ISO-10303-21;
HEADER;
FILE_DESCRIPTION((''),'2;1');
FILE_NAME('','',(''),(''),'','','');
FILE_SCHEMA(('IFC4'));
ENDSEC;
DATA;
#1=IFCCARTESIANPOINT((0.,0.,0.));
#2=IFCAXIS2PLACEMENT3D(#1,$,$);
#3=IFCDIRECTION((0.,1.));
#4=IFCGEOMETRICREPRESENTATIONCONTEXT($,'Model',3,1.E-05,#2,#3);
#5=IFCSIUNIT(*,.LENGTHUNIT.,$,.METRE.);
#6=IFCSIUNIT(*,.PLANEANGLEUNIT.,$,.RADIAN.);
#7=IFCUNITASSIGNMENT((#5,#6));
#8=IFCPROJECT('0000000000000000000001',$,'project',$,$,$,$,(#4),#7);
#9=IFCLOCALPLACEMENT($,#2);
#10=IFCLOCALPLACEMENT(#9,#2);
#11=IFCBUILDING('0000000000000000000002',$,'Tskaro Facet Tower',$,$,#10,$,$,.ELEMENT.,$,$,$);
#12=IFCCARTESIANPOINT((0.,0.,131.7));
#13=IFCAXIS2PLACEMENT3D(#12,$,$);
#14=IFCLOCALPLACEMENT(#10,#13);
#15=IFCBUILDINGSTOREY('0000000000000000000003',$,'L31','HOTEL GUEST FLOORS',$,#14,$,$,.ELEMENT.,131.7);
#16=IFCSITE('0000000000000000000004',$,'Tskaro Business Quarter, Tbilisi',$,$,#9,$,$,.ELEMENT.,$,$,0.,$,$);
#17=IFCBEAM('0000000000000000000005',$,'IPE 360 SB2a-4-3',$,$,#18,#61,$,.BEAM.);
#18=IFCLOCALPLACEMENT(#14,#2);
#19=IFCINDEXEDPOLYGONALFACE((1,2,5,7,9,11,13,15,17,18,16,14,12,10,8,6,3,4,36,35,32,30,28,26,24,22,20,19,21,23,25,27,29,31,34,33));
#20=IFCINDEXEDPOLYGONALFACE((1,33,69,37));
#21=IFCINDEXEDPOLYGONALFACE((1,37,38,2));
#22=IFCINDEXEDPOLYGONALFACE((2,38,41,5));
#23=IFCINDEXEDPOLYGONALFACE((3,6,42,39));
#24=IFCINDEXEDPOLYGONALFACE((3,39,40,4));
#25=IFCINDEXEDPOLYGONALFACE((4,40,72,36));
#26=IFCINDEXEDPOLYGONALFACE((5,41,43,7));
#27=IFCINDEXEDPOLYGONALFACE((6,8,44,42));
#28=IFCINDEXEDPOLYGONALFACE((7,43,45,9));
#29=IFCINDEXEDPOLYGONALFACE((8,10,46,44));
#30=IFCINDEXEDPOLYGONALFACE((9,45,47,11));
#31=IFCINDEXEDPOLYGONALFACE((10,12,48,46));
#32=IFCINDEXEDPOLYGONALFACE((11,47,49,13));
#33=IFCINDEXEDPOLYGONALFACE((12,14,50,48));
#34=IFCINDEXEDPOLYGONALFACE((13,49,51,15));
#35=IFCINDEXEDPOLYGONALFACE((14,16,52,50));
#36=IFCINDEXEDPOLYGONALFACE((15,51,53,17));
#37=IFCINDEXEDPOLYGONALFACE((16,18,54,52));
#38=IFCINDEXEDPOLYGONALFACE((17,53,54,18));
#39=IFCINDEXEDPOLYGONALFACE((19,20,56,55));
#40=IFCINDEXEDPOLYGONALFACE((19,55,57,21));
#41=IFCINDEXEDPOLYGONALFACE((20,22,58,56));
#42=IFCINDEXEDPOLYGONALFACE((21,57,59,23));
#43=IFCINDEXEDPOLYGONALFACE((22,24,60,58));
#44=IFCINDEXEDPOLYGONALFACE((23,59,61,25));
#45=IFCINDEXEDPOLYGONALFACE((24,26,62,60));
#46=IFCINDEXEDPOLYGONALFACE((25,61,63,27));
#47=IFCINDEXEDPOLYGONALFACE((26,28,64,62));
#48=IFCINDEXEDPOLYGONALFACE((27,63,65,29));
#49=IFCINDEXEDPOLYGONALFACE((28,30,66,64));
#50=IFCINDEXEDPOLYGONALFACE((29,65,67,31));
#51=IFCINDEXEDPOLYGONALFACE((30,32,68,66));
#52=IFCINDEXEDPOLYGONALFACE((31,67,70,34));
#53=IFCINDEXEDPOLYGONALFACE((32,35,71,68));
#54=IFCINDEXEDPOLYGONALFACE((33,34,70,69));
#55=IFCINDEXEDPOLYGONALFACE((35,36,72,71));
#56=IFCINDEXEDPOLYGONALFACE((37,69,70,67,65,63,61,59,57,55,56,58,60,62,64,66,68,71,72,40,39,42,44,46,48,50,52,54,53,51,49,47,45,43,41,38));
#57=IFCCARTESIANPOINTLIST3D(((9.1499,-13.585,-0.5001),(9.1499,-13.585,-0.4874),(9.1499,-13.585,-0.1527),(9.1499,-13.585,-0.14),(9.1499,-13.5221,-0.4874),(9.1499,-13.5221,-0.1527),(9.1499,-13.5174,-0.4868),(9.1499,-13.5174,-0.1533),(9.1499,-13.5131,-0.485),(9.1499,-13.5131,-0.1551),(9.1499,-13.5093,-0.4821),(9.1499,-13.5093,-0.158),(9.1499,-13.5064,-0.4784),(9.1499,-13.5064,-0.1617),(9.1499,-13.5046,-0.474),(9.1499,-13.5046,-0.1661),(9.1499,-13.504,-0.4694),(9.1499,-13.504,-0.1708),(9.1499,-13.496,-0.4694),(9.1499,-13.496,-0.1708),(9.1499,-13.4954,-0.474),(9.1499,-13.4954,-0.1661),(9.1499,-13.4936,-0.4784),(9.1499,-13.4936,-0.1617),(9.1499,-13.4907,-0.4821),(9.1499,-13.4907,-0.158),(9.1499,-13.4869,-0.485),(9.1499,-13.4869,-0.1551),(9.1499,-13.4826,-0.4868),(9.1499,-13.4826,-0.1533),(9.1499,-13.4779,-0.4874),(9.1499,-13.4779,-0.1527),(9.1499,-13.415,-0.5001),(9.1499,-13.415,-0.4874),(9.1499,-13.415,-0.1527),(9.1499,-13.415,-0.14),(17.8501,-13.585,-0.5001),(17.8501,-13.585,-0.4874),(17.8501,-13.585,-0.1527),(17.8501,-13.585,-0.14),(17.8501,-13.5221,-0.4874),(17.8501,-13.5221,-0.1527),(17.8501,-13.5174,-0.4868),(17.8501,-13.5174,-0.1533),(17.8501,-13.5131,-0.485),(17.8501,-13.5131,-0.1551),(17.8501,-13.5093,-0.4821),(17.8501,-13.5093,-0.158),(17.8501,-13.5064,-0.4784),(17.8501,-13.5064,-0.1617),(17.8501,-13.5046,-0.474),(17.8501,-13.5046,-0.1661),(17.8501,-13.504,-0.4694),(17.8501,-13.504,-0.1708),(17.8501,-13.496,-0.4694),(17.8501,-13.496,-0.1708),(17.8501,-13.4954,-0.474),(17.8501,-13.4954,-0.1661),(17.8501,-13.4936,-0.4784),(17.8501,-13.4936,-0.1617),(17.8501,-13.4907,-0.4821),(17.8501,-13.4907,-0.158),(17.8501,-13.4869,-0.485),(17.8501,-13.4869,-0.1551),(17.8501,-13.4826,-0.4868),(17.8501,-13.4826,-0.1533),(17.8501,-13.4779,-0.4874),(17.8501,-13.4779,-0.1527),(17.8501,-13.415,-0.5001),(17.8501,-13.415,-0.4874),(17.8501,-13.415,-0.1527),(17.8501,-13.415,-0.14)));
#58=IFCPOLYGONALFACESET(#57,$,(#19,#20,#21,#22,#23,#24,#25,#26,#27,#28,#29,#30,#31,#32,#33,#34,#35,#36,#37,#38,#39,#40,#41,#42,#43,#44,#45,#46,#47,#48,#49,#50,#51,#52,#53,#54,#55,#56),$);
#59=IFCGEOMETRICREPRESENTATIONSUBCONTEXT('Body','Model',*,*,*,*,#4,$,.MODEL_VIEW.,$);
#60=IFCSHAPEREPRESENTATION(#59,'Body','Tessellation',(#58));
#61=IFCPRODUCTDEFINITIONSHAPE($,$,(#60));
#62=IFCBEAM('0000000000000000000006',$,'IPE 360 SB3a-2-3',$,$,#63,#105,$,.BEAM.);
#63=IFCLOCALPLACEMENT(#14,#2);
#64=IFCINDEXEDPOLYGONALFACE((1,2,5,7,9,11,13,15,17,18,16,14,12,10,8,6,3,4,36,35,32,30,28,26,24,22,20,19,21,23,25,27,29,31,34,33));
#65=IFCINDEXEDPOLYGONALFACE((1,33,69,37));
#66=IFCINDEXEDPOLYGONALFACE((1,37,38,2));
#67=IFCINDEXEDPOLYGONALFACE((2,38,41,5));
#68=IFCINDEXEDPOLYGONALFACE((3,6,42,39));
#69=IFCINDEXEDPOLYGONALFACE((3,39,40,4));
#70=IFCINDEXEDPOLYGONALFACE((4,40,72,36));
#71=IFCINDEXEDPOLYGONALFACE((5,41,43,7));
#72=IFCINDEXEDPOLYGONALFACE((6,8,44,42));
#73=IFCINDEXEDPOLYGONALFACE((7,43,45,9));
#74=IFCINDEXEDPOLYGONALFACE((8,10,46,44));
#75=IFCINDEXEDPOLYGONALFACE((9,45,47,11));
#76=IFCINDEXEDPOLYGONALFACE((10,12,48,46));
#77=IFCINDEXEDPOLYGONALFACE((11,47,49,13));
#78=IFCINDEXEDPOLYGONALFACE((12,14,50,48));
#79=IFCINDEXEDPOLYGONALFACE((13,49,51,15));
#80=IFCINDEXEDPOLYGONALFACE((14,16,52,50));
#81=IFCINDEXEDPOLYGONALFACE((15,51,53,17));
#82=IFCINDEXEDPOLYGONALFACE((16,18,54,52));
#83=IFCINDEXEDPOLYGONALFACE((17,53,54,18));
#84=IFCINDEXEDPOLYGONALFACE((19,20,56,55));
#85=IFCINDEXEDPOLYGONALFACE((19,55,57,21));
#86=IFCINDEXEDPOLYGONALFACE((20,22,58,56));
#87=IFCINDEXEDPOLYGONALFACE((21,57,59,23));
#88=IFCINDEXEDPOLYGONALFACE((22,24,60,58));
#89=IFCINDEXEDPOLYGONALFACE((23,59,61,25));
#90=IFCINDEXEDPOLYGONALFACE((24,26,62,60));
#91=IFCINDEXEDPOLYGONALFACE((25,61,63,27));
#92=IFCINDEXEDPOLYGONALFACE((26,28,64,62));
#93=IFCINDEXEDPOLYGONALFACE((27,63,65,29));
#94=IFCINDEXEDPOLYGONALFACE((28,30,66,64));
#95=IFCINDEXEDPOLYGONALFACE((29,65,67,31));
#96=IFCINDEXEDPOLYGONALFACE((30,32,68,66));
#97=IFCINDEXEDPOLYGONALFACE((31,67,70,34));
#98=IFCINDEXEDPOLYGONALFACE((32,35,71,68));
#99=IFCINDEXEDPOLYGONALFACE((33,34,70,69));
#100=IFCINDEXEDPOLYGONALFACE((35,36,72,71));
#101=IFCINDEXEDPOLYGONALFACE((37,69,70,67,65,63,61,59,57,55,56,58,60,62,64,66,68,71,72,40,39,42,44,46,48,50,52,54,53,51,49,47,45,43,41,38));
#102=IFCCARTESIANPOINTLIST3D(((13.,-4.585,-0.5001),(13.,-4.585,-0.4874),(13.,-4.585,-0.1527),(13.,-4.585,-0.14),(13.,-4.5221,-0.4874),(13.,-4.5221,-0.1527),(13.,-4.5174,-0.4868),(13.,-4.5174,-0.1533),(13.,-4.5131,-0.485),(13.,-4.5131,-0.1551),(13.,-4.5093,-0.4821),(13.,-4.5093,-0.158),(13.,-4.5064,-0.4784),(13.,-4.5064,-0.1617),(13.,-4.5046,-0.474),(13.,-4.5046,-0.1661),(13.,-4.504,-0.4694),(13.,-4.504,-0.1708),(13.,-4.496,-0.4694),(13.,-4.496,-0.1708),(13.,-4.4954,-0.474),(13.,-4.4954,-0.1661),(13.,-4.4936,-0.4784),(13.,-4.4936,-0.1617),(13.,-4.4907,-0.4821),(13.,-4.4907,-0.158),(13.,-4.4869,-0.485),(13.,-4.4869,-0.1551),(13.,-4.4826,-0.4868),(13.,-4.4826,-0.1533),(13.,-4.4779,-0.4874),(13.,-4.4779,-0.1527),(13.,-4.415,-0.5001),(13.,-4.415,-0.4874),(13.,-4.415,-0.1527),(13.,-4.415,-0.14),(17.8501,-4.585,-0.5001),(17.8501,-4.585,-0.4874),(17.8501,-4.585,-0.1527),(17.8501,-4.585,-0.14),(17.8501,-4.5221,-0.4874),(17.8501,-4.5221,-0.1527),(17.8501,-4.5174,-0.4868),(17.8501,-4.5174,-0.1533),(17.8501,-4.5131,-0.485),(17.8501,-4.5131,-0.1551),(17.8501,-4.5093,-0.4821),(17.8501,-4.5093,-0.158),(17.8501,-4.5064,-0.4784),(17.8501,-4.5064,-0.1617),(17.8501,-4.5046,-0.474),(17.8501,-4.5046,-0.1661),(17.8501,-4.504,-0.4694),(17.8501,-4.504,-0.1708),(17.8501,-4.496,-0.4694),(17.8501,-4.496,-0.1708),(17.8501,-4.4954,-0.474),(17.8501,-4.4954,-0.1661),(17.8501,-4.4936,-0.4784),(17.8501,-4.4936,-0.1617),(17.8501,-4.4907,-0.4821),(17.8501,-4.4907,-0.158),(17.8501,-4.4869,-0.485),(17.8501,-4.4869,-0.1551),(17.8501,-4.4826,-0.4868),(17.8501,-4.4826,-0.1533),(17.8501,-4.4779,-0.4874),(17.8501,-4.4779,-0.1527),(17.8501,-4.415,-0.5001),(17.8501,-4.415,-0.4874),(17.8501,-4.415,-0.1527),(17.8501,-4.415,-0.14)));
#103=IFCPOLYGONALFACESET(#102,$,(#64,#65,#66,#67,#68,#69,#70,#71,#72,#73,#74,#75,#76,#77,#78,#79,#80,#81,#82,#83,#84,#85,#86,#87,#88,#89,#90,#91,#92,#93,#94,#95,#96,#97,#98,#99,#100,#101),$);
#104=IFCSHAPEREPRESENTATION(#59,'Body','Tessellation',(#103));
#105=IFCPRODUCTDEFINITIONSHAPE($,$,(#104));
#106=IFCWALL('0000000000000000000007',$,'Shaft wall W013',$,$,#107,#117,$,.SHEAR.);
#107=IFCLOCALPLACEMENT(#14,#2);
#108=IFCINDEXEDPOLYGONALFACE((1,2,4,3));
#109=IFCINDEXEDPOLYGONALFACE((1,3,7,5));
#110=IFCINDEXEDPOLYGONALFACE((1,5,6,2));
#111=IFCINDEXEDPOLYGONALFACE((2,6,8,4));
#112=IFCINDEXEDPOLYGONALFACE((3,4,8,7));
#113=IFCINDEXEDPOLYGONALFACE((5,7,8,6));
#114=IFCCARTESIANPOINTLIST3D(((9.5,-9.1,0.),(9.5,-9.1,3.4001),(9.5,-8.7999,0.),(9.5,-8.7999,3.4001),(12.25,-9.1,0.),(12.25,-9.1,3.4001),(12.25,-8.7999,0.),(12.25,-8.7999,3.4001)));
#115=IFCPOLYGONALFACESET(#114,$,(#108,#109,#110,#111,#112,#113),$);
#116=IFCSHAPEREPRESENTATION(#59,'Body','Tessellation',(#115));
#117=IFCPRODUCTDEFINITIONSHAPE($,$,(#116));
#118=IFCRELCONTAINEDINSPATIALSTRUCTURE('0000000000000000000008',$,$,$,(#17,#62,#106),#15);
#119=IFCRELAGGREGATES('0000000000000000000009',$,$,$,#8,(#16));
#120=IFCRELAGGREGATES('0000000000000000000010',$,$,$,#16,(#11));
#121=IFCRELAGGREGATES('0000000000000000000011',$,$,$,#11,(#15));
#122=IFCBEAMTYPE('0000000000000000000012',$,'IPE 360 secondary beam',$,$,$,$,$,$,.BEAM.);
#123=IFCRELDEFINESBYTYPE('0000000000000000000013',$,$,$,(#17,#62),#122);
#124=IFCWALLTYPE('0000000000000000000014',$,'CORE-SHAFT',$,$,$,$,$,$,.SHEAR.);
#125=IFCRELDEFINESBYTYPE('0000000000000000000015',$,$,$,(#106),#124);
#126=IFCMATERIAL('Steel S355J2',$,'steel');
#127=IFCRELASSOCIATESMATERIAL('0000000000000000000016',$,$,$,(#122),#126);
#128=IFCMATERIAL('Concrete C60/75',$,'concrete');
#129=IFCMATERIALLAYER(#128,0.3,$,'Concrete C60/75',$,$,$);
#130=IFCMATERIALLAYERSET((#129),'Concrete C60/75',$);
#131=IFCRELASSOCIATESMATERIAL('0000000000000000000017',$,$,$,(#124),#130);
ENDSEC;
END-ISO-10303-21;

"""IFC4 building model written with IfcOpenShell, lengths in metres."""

from ifc_helpers import new_model, si_unit, direction, frame, frame_2d, origin, origin_2d, place, context, subcontext, project, spatial, rectangle, i_section, extrude, material, layer, layer_set, material_profile, profile_set, type_object, element, save


model = new_model("IFC4")

# Units and contexts
model_context = context("Model", 3, precision=1e-05, world=origin(), true_north=direction((0.0, 1.0)))
body_context = subcontext(model_context, "Body", "Model", "MODEL_VIEW")
ifc_project = project(units=[si_unit("LENGTHUNIT", "METRE"), si_unit("PLANEANGLEUNIT", "RADIAN")], contexts=[model_context])

# Site, building, storey
site_placement = place(None, origin())
site = spatial("IfcSite", under=ifc_project, at=site_placement, Name="Tskaro Business Quarter, Tbilisi", CompositionType="ELEMENT", RefElevation=0.0)
building_placement = place(site_placement, origin())
building = spatial("IfcBuilding", under=site, at=building_placement, Name="Tskaro Facet Tower", CompositionType="ELEMENT")
storey_placement = place(building_placement, frame((0.0, 0.0, 131.7)))
storey = spatial("IfcBuildingStorey", under=building, at=storey_placement, Name="L31", Description="HOTEL GUEST FLOORS", CompositionType="ELEMENT", Elevation=131.7)

# Beams
ifc_material_1 = material(Name="Steel S355J2", Category="steel")
ifc_material_profile = material_profile(ifc_material_1, i_section(OverallWidth=0.1699, OverallDepth=0.3601, WebThickness=0.0081, FlangeThickness=0.0127, FilletRadius=0.0181, at=origin_2d()), Name="IPE 360")
ifc_profile_set = profile_set([ifc_material_profile], Name="Steel S355J2")
beam_type = type_object("IfcBeamType", Name="IPE 360 secondary beam", PredefinedType="BEAM", material=ifc_profile_set)
beam_1_placement = place(storey_placement, frame((9.1499, -13.5, -0.3201), z_axis=(1.0, 0.0, 0.0), x_axis=(0.0, 1.0, 0.0)))
element("IfcBeam", 1, at=beam_1_placement, inside=storey, type_object=beam_type, Name="IPE 360 SB2a-4-3", PredefinedType="BEAM", context=body_context, shape_type="SweptSolid", body=[
    extrude(i_section(OverallWidth=0.1699, OverallDepth=0.3601, WebThickness=0.0081, FlangeThickness=0.0127, FilletRadius=0.0181, at=origin_2d()), origin(), (0.0, 0.0, 1.0), 8.7002),
])
beam_2_placement = place(storey_placement, frame((13.0, -4.5, -0.3201), z_axis=(1.0, 0.0, 0.0), x_axis=(0.0, 1.0, 0.0)))
element("IfcBeam", 2, at=beam_2_placement, inside=storey, type_object=beam_type, Name="IPE 360 SB3a-2-3", PredefinedType="BEAM", context=body_context, shape_type="SweptSolid", body=[
    extrude(i_section(OverallWidth=0.1699, OverallDepth=0.3601, WebThickness=0.0081, FlangeThickness=0.0127, FilletRadius=0.0181, at=origin_2d()), origin(), (0.0, 0.0, 1.0), 4.8501),
])

# Wall
ifc_material_2 = material(Name="Concrete C60/75", Category="concrete")
ifc_layer_1 = layer(ifc_material_2, 0.3, Name="Concrete C60/75")
ifc_layer_set_1 = layer_set([ifc_layer_1], Name="Concrete C60/75")
wall_type_1 = type_object("IfcWallType", Name="CORE-SHAFT", PredefinedType="SHEAR", material=ifc_layer_set_1)
wall_1_placement = place(storey_placement, frame((9.5, -8.95, 0.0), z_axis=(0.0, 0.0, 1.0), x_axis=(1.0, 0.0, 0.0)))
element("IfcWall", 3, at=wall_1_placement, inside=storey, type_object=wall_type_1, Name="Shaft wall W013", PredefinedType="SHEAR", context=body_context, shape_type="SweptSolid", body=[
    extrude(rectangle(XDim=2.75, YDim=0.3, at=frame_2d((1.375, 0.0))), origin(), (0.0, 0.0, 1.0), 3.4001),
])

save(model, "model.ifc")
